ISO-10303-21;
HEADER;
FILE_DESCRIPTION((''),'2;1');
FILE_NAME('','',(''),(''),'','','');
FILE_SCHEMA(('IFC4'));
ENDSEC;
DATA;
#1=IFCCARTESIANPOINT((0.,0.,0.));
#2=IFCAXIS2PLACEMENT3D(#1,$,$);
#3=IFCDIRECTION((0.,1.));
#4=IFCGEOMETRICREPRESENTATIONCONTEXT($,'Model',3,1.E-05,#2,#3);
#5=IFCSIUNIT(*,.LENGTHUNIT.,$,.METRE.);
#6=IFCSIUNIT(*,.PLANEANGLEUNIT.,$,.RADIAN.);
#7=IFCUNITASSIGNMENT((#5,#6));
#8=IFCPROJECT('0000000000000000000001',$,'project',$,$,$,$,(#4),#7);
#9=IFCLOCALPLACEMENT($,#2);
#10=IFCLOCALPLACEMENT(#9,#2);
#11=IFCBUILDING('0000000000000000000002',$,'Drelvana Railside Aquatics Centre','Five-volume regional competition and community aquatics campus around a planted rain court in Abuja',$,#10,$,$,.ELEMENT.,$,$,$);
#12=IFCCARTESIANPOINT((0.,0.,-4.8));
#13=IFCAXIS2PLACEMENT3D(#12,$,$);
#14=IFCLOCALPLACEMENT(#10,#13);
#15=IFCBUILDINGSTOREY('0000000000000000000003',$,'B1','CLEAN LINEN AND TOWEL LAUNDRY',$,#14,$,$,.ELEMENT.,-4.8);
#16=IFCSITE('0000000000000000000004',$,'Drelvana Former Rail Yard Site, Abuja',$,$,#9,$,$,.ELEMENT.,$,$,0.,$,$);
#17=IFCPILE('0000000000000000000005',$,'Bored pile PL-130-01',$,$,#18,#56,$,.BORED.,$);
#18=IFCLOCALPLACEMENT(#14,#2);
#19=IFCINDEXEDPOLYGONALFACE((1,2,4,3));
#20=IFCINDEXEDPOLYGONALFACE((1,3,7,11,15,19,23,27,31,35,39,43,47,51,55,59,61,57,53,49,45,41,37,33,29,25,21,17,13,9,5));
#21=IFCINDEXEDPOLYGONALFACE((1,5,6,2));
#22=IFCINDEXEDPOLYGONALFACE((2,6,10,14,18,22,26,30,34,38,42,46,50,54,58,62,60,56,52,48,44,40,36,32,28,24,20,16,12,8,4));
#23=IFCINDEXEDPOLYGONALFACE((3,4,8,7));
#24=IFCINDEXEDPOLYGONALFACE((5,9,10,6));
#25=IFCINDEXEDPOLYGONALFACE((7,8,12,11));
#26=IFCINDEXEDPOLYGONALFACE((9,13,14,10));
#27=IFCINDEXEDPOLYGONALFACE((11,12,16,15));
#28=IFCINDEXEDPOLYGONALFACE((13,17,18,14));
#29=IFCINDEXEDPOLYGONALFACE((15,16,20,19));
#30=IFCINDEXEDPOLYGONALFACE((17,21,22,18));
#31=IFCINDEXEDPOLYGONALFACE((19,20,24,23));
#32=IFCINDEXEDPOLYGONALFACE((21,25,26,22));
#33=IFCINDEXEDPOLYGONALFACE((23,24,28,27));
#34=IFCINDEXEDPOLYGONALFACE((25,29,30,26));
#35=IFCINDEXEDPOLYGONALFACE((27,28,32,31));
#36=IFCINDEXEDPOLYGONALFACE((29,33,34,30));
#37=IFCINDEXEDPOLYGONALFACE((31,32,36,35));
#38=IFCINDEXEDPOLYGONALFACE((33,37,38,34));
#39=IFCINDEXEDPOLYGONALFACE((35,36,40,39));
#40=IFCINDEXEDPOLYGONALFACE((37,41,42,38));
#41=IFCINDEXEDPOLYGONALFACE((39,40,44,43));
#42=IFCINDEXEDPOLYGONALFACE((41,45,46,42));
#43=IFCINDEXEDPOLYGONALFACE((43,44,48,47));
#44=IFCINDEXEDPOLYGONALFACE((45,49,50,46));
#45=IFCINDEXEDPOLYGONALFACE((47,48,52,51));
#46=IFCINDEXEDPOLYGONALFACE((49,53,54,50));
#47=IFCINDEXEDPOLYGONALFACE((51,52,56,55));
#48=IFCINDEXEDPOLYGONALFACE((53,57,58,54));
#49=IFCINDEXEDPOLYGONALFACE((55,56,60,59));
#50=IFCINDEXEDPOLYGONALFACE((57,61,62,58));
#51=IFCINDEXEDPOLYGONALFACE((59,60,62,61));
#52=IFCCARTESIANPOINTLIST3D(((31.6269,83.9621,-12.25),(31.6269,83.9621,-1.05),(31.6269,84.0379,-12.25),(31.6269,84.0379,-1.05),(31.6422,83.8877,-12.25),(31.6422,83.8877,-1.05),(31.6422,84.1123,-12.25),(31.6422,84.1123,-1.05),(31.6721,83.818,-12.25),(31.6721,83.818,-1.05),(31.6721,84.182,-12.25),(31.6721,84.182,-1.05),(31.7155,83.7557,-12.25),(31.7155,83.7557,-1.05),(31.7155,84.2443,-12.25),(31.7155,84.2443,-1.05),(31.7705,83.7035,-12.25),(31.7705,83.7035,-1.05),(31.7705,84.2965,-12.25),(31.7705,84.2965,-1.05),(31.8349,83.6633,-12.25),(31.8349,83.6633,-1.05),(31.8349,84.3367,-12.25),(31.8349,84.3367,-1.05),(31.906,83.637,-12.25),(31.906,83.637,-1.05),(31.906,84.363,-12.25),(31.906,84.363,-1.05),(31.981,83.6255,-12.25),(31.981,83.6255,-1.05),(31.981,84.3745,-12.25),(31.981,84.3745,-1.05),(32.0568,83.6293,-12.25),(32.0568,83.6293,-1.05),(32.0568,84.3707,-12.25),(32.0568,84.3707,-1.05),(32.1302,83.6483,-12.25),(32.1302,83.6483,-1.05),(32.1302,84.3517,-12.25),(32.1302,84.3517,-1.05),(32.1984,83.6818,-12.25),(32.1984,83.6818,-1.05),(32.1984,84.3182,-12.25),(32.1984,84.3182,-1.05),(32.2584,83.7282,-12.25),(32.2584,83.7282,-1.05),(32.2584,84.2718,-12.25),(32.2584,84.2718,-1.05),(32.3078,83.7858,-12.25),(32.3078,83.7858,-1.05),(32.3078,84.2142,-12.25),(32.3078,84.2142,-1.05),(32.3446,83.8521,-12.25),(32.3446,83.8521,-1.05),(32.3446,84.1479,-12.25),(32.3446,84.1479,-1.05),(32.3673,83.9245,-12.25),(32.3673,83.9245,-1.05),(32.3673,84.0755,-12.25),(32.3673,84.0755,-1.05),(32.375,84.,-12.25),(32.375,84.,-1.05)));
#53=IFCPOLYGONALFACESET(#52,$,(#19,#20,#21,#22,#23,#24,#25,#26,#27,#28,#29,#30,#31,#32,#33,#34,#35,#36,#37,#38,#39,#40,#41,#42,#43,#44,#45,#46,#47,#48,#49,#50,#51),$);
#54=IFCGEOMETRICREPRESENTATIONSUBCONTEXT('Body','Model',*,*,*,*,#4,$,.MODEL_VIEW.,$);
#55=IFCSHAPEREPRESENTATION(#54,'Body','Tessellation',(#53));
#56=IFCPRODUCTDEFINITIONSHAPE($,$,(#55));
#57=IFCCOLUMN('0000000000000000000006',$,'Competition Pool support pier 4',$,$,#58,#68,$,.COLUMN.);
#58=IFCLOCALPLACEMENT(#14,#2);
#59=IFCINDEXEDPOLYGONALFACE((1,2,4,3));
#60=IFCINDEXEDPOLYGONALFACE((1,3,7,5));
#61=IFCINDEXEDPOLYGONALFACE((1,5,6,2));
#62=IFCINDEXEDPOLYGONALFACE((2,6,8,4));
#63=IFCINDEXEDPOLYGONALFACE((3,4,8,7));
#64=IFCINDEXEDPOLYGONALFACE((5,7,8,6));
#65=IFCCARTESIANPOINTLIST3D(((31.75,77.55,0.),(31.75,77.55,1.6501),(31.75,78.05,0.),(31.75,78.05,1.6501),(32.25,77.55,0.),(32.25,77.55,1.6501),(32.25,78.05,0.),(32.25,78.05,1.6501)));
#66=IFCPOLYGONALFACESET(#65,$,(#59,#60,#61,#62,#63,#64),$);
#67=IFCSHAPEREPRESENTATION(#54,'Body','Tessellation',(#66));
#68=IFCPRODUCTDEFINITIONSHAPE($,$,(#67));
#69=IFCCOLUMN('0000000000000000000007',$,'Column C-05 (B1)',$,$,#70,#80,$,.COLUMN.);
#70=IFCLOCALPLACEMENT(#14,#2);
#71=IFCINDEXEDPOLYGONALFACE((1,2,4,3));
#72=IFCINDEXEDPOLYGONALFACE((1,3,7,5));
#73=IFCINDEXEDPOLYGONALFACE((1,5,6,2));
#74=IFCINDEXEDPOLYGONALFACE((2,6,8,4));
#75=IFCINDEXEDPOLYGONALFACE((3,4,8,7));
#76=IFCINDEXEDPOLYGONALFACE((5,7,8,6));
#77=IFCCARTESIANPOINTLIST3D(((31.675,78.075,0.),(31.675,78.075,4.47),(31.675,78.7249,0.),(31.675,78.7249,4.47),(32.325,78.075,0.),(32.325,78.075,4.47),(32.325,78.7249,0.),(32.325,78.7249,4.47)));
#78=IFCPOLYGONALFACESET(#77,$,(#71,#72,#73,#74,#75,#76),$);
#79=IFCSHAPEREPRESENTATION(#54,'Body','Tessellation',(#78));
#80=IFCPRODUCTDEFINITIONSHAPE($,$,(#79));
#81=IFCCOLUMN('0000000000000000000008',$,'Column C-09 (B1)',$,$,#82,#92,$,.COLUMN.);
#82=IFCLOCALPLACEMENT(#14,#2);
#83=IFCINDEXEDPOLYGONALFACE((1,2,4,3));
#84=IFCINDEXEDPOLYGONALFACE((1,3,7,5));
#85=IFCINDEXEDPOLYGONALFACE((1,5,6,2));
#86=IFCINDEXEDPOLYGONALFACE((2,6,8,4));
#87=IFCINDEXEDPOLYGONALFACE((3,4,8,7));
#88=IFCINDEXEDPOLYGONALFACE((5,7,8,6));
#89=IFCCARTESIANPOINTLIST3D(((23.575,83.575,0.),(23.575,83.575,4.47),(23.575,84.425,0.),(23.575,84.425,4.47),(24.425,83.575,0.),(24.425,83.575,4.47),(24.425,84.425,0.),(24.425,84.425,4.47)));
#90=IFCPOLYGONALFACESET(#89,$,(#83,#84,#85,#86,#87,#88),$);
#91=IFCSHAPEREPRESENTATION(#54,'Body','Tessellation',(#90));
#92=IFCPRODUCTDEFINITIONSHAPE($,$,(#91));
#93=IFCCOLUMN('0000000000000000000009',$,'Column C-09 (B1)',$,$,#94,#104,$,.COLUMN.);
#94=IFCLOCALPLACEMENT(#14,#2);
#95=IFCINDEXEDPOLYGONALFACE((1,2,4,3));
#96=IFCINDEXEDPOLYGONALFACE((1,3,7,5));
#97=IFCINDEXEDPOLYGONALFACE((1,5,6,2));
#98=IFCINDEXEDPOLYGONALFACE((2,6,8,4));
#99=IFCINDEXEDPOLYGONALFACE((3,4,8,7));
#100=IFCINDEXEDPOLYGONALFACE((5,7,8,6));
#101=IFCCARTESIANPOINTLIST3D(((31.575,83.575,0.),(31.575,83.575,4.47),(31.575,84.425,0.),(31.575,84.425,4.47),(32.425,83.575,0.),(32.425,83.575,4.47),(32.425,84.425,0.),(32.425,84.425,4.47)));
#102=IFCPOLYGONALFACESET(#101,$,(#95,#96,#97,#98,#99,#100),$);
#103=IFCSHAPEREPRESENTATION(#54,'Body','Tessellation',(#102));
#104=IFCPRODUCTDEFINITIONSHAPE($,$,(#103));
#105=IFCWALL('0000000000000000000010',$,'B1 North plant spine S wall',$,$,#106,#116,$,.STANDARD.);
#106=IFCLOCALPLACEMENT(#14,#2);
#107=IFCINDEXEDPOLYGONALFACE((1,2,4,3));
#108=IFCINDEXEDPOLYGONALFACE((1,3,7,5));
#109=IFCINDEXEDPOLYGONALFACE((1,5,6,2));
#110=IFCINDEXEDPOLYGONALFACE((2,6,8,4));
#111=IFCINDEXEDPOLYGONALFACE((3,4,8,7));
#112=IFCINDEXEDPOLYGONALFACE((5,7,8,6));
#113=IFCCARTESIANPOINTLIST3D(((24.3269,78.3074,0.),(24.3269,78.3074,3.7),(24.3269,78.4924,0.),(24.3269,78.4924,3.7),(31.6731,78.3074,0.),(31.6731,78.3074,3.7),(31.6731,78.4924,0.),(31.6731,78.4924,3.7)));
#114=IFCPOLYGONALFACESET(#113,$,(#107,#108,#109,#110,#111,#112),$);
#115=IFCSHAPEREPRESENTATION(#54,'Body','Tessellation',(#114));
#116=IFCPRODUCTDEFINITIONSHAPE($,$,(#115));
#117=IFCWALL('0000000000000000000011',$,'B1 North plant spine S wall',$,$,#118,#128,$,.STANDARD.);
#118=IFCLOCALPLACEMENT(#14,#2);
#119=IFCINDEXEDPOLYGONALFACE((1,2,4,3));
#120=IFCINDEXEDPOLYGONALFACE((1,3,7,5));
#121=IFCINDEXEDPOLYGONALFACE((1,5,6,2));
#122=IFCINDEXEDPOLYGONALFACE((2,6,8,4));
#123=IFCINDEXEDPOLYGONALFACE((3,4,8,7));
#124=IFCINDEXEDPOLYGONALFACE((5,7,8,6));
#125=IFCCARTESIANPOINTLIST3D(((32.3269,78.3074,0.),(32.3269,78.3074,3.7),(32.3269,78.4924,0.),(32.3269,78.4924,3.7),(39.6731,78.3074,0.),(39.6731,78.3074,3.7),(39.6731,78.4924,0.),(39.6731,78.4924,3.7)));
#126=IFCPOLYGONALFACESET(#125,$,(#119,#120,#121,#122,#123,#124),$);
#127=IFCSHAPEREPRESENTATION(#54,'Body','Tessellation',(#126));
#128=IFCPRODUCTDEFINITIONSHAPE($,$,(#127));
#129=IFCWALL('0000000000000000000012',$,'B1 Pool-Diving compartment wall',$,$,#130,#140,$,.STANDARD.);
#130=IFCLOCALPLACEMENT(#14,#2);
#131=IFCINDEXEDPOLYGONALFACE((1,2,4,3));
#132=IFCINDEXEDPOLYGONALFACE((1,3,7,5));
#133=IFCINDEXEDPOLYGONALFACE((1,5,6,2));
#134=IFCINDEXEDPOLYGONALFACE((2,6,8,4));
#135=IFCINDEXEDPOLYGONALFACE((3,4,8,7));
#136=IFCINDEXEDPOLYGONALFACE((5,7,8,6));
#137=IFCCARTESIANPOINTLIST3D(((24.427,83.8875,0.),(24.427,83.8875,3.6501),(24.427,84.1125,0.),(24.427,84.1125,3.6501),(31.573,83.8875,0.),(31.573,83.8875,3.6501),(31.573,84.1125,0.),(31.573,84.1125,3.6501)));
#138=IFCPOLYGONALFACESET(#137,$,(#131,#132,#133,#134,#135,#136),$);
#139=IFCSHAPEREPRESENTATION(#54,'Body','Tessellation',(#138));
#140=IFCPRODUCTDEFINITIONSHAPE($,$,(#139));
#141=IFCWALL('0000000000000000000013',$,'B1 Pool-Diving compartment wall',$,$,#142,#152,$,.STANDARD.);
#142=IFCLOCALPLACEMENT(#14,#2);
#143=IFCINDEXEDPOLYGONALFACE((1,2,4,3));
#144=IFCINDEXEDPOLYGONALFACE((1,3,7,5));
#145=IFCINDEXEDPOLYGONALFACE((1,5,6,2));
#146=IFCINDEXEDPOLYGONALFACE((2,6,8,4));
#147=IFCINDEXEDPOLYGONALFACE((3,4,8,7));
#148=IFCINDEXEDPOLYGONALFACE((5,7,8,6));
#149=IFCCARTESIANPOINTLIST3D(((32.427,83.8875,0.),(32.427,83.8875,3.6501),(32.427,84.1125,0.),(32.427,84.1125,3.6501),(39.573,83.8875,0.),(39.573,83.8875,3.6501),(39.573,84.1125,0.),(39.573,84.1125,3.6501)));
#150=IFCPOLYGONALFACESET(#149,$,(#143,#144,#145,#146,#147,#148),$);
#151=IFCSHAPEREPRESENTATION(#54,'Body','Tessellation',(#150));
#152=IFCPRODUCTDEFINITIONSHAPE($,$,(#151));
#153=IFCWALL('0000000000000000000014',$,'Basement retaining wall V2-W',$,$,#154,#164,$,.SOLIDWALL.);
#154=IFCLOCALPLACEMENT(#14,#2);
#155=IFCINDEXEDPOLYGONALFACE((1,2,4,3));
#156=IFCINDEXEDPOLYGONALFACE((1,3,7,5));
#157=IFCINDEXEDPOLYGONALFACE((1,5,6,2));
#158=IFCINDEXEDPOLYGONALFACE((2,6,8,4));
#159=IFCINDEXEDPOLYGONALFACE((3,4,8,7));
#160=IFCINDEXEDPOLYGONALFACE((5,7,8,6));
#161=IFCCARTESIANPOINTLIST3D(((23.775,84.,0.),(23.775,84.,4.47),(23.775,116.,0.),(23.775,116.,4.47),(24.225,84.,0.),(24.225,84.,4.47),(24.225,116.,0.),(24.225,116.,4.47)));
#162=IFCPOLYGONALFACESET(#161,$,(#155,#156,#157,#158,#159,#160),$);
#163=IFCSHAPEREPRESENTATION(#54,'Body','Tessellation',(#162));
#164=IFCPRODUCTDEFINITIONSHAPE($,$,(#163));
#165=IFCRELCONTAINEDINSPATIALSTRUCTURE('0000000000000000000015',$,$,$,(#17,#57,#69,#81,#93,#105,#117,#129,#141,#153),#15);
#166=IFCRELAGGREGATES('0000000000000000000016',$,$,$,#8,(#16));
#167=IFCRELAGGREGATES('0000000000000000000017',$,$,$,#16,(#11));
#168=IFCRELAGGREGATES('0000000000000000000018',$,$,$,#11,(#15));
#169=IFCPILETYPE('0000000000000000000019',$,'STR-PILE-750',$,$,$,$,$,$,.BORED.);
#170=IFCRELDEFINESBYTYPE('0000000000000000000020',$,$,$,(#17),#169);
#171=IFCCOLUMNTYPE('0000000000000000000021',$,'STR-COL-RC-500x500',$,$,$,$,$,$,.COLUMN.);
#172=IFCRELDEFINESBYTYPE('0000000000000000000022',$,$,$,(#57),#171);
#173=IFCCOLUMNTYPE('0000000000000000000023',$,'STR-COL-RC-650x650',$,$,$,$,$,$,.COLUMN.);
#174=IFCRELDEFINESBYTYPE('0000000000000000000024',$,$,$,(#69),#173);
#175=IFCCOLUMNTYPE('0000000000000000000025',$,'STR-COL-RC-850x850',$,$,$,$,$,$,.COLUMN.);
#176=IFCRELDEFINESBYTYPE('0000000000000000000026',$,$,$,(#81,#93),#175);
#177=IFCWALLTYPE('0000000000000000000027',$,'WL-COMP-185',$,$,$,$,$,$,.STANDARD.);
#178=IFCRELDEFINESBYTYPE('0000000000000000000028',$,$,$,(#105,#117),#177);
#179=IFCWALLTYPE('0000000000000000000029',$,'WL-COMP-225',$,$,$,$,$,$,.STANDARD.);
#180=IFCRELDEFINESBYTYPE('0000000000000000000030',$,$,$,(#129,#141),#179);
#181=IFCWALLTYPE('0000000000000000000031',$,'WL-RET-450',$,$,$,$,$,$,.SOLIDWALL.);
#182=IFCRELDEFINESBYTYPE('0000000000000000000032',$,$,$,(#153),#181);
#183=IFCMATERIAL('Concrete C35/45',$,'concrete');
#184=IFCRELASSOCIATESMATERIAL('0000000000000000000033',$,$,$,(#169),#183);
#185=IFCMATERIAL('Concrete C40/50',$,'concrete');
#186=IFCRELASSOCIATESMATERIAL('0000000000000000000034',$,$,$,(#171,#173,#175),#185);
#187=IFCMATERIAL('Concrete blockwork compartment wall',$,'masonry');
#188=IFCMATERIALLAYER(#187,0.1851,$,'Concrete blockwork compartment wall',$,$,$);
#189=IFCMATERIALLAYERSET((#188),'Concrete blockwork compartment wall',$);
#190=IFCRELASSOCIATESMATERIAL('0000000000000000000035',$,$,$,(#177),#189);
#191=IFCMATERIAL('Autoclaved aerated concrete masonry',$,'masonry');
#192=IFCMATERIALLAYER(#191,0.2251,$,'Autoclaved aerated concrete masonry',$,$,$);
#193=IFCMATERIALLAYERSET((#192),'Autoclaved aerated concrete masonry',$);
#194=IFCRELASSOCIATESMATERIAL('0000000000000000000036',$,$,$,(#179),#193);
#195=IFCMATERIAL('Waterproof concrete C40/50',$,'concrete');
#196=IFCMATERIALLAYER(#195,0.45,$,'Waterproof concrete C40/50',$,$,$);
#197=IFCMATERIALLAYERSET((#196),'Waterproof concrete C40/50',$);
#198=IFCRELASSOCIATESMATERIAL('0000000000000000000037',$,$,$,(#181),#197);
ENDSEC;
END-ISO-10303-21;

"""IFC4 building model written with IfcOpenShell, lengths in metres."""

from ifc_helpers import new_model, si_unit, direction, frame, frame_2d, origin, origin_2d, place, context, subcontext, project, spatial, rectangle, circle, extrude, material, layer, layer_set, material_profile, profile_set, type_object, element, save


model = new_model("IFC4")

# Units and contexts
model_context = context("Model", 3, precision=1e-05, world=origin(), true_north=direction((0.0, 1.0)))
body_context = subcontext(model_context, "Body", "Model", "MODEL_VIEW")
ifc_project = project(units=[si_unit("LENGTHUNIT", "METRE"), si_unit("PLANEANGLEUNIT", "RADIAN")], contexts=[model_context])

# Site, building, storey
site_placement = place(None, origin())
site = spatial("IfcSite", under=ifc_project, at=site_placement, Name="Drelvana Former Rail Yard Site, Abuja", CompositionType="ELEMENT", RefElevation=0.0)
building_placement = place(site_placement, origin())
building = spatial("IfcBuilding", under=site, at=building_placement, Name="Drelvana Railside Aquatics Centre", Description="Five-volume regional competition and community aquatics campus around a planted rain court in Abuja", CompositionType="ELEMENT")
storey_placement = place(building_placement, frame((0.0, 0.0, -4.8)))
storey = spatial("IfcBuildingStorey", under=building, at=storey_placement, Name="B1", Description="CLEAN LINEN AND TOWEL LAUNDRY", CompositionType="ELEMENT", Elevation=-4.8)

# Shared definitions
ifc_material_1 = material(Name="Concrete C35/45", Category="concrete")

# Pile
ifc_material_profile_1 = material_profile(ifc_material_1, circle(Radius=0.375, at=origin_2d()), Name="PILE D750")
ifc_profile_set_1 = profile_set([ifc_material_profile_1], Name="Concrete C35/45")
pile_type = type_object("IfcPileType", Name="STR-PILE-750", PredefinedType="BORED", material=ifc_profile_set_1)
for number, where, z_axis, x_axis, name in (
    (1, (32.0, 84.0, -1.05), (0.0, 0.0, -1.0), (1.0, 0.0, 0.0), "Bored pile PL-130-01"),
):
    element("IfcPile", number, at=place(storey_placement, frame(where, z_axis=z_axis, x_axis=x_axis)), inside=storey, type_object=pile_type, Name=name, PredefinedType="BORED", context=body_context, shape_type="SweptSolid", body=[
        extrude(circle(Radius=0.375, at=origin_2d()), origin(), (0.0, 0.0, 1.0), 11.2),
    ])

# Columns
ifc_material_2 = material(Name="Concrete C40/50", Category="concrete")
ifc_material_profile_2 = material_profile(ifc_material_2, rectangle(XDim=0.5, YDim=0.5, at=origin_2d()), Name="RC 500x500")
ifc_profile_set_2 = profile_set([ifc_material_profile_2], Name="Concrete C40/50")
column_type_1 = type_object("IfcColumnType", Name="STR-COL-RC-500x500", PredefinedType="COLUMN", material=ifc_profile_set_2)
column_1_placement = place(storey_placement, frame((32.0, 77.8, 0.0), z_axis=(0.0, 0.0, 1.0), x_axis=(1.0, 0.0, 0.0)))
element("IfcColumn", 2, at=column_1_placement, inside=storey, type_object=column_type_1, Name="Competition Pool support pier 4", PredefinedType="COLUMN", context=body_context, shape_type="SweptSolid", body=[
    extrude(rectangle(XDim=0.5, YDim=0.5, at=origin_2d()), origin(), (0.0, 0.0, 1.0), 1.6501),
])
ifc_material_profile_3 = material_profile(ifc_material_2, rectangle(XDim=0.6499, YDim=0.6499, at=origin_2d()), Name="RC 650x650")
ifc_profile_set_3 = profile_set([ifc_material_profile_3], Name="Concrete C40/50")
column_type_2 = type_object("IfcColumnType", Name="STR-COL-RC-650x650", PredefinedType="COLUMN", material=ifc_profile_set_3)
column_2_placement = place(storey_placement, frame((32.0, 78.3999, 0.0), z_axis=(0.0, 0.0, 1.0), x_axis=(1.0, 0.0, 0.0)))
element("IfcColumn", 3, at=column_2_placement, inside=storey, type_object=column_type_2, Name="Column C-05 (B1)", PredefinedType="COLUMN", context=body_context, shape_type="SweptSolid", body=[
    extrude(rectangle(XDim=0.6499, YDim=0.6499, at=origin_2d()), origin(), (0.0, 0.0, 1.0), 4.47),
])
ifc_material_profile_4 = material_profile(ifc_material_2, rectangle(XDim=0.8501, YDim=0.8501, at=origin_2d()), Name="RC 850x850")
ifc_profile_set_4 = profile_set([ifc_material_profile_4], Name="Concrete C40/50")
column_type_3 = type_object("IfcColumnType", Name="STR-COL-RC-850x850", PredefinedType="COLUMN", material=ifc_profile_set_4)
for number, where, z_axis, x_axis, name in (
    (4, (24.0, 84.0, 0.0), (0.0, 0.0, 1.0), (1.0, 0.0, 0.0), "Column C-09 (B1)"),
    (5, (32.0, 84.0, 0.0), (0.0, 0.0, 1.0), (1.0, 0.0, 0.0), "Column C-09 (B1)"),
):
    element("IfcColumn", number, at=place(storey_placement, frame(where, z_axis=z_axis, x_axis=x_axis)), inside=storey, type_object=column_type_3, Name=name, PredefinedType="COLUMN", context=body_context, shape_type="SweptSolid", body=[
        extrude(rectangle(XDim=0.8501, YDim=0.8501, at=origin_2d()), origin(), (0.0, 0.0, 1.0), 4.47),
    ])

# Walls
ifc_material_3 = material(Name="Concrete blockwork compartment wall", Category="masonry")
ifc_layer_1 = layer(ifc_material_3, 0.1851, Name="Concrete blockwork compartment wall")
ifc_layer_set_1 = layer_set([ifc_layer_1], Name="Concrete blockwork compartment wall")
wall_type_1 = type_object("IfcWallType", Name="WL-COMP-185", PredefinedType="STANDARD", material=ifc_layer_set_1)
for number, where, z_axis, x_axis, name in (
    (6, (24.3269, 78.3999, 0.0), (0.0, 0.0, 1.0), (1.0, 0.0, 0.0), "B1 North plant spine S wall"),
    (7, (32.3269, 78.3999, 0.0), (0.0, 0.0, 1.0), (1.0, 0.0, 0.0), "B1 North plant spine S wall"),
):
    element("IfcWall", number, at=place(storey_placement, frame(where, z_axis=z_axis, x_axis=x_axis)), inside=storey, type_object=wall_type_1, Name=name, PredefinedType="STANDARD", context=body_context, shape_type="SweptSolid", body=[
        extrude(rectangle(XDim=7.3462, YDim=0.1851, at=frame_2d((3.6731, 0.0))), origin(), (0.0, 0.0, 1.0), 3.7),
    ])
ifc_material_4 = material(Name="Autoclaved aerated concrete masonry", Category="masonry")
ifc_layer_2 = layer(ifc_material_4, 0.2251, Name="Autoclaved aerated concrete masonry")
ifc_layer_set_2 = layer_set([ifc_layer_2], Name="Autoclaved aerated concrete masonry")
wall_type_2 = type_object("IfcWallType", Name="WL-COMP-225", PredefinedType="STANDARD", material=ifc_layer_set_2)
for number, where, z_axis, x_axis, name in (
    (8, (24.427, 84.0, 0.0), (0.0, 0.0, 1.0), (1.0, 0.0, 0.0), "B1 Pool-Diving compartment wall"),
    (9, (32.427, 84.0, 0.0), (0.0, 0.0, 1.0), (1.0, 0.0, 0.0), "B1 Pool-Diving compartment wall"),
):
    element("IfcWall", number, at=place(storey_placement, frame(where, z_axis=z_axis, x_axis=x_axis)), inside=storey, type_object=wall_type_2, Name=name, PredefinedType="STANDARD", context=body_context, shape_type="SweptSolid", body=[
        extrude(rectangle(XDim=7.146, YDim=0.2251, at=frame_2d((3.573, 0.0))), origin(), (0.0, 0.0, 1.0), 3.6501),
    ])
ifc_material_5 = material(Name="Waterproof concrete C40/50", Category="concrete")
ifc_layer_3 = layer(ifc_material_5, 0.45, Name="Waterproof concrete C40/50")
ifc_layer_set_3 = layer_set([ifc_layer_3], Name="Waterproof concrete C40/50")
wall_type_3 = type_object("IfcWallType", Name="WL-RET-450", PredefinedType="SOLIDWALL", material=ifc_layer_set_3)
wall_placement = place(storey_placement, frame((24.0, 84.0, 0.0), z_axis=(0.0, 0.0, 1.0), x_axis=(0.0, 1.0, 0.0)))
element("IfcWall", 10, at=wall_placement, inside=storey, type_object=wall_type_3, Name="Basement retaining wall V2-W", PredefinedType="SOLIDWALL", context=body_context, shape_type="SweptSolid", body=[
    extrude(rectangle(XDim=32.0, YDim=0.45, at=frame_2d((16.0, 0.0))), origin(), (0.0, 0.0, 1.0), 4.47),
])

save(model, "model.ifc")
